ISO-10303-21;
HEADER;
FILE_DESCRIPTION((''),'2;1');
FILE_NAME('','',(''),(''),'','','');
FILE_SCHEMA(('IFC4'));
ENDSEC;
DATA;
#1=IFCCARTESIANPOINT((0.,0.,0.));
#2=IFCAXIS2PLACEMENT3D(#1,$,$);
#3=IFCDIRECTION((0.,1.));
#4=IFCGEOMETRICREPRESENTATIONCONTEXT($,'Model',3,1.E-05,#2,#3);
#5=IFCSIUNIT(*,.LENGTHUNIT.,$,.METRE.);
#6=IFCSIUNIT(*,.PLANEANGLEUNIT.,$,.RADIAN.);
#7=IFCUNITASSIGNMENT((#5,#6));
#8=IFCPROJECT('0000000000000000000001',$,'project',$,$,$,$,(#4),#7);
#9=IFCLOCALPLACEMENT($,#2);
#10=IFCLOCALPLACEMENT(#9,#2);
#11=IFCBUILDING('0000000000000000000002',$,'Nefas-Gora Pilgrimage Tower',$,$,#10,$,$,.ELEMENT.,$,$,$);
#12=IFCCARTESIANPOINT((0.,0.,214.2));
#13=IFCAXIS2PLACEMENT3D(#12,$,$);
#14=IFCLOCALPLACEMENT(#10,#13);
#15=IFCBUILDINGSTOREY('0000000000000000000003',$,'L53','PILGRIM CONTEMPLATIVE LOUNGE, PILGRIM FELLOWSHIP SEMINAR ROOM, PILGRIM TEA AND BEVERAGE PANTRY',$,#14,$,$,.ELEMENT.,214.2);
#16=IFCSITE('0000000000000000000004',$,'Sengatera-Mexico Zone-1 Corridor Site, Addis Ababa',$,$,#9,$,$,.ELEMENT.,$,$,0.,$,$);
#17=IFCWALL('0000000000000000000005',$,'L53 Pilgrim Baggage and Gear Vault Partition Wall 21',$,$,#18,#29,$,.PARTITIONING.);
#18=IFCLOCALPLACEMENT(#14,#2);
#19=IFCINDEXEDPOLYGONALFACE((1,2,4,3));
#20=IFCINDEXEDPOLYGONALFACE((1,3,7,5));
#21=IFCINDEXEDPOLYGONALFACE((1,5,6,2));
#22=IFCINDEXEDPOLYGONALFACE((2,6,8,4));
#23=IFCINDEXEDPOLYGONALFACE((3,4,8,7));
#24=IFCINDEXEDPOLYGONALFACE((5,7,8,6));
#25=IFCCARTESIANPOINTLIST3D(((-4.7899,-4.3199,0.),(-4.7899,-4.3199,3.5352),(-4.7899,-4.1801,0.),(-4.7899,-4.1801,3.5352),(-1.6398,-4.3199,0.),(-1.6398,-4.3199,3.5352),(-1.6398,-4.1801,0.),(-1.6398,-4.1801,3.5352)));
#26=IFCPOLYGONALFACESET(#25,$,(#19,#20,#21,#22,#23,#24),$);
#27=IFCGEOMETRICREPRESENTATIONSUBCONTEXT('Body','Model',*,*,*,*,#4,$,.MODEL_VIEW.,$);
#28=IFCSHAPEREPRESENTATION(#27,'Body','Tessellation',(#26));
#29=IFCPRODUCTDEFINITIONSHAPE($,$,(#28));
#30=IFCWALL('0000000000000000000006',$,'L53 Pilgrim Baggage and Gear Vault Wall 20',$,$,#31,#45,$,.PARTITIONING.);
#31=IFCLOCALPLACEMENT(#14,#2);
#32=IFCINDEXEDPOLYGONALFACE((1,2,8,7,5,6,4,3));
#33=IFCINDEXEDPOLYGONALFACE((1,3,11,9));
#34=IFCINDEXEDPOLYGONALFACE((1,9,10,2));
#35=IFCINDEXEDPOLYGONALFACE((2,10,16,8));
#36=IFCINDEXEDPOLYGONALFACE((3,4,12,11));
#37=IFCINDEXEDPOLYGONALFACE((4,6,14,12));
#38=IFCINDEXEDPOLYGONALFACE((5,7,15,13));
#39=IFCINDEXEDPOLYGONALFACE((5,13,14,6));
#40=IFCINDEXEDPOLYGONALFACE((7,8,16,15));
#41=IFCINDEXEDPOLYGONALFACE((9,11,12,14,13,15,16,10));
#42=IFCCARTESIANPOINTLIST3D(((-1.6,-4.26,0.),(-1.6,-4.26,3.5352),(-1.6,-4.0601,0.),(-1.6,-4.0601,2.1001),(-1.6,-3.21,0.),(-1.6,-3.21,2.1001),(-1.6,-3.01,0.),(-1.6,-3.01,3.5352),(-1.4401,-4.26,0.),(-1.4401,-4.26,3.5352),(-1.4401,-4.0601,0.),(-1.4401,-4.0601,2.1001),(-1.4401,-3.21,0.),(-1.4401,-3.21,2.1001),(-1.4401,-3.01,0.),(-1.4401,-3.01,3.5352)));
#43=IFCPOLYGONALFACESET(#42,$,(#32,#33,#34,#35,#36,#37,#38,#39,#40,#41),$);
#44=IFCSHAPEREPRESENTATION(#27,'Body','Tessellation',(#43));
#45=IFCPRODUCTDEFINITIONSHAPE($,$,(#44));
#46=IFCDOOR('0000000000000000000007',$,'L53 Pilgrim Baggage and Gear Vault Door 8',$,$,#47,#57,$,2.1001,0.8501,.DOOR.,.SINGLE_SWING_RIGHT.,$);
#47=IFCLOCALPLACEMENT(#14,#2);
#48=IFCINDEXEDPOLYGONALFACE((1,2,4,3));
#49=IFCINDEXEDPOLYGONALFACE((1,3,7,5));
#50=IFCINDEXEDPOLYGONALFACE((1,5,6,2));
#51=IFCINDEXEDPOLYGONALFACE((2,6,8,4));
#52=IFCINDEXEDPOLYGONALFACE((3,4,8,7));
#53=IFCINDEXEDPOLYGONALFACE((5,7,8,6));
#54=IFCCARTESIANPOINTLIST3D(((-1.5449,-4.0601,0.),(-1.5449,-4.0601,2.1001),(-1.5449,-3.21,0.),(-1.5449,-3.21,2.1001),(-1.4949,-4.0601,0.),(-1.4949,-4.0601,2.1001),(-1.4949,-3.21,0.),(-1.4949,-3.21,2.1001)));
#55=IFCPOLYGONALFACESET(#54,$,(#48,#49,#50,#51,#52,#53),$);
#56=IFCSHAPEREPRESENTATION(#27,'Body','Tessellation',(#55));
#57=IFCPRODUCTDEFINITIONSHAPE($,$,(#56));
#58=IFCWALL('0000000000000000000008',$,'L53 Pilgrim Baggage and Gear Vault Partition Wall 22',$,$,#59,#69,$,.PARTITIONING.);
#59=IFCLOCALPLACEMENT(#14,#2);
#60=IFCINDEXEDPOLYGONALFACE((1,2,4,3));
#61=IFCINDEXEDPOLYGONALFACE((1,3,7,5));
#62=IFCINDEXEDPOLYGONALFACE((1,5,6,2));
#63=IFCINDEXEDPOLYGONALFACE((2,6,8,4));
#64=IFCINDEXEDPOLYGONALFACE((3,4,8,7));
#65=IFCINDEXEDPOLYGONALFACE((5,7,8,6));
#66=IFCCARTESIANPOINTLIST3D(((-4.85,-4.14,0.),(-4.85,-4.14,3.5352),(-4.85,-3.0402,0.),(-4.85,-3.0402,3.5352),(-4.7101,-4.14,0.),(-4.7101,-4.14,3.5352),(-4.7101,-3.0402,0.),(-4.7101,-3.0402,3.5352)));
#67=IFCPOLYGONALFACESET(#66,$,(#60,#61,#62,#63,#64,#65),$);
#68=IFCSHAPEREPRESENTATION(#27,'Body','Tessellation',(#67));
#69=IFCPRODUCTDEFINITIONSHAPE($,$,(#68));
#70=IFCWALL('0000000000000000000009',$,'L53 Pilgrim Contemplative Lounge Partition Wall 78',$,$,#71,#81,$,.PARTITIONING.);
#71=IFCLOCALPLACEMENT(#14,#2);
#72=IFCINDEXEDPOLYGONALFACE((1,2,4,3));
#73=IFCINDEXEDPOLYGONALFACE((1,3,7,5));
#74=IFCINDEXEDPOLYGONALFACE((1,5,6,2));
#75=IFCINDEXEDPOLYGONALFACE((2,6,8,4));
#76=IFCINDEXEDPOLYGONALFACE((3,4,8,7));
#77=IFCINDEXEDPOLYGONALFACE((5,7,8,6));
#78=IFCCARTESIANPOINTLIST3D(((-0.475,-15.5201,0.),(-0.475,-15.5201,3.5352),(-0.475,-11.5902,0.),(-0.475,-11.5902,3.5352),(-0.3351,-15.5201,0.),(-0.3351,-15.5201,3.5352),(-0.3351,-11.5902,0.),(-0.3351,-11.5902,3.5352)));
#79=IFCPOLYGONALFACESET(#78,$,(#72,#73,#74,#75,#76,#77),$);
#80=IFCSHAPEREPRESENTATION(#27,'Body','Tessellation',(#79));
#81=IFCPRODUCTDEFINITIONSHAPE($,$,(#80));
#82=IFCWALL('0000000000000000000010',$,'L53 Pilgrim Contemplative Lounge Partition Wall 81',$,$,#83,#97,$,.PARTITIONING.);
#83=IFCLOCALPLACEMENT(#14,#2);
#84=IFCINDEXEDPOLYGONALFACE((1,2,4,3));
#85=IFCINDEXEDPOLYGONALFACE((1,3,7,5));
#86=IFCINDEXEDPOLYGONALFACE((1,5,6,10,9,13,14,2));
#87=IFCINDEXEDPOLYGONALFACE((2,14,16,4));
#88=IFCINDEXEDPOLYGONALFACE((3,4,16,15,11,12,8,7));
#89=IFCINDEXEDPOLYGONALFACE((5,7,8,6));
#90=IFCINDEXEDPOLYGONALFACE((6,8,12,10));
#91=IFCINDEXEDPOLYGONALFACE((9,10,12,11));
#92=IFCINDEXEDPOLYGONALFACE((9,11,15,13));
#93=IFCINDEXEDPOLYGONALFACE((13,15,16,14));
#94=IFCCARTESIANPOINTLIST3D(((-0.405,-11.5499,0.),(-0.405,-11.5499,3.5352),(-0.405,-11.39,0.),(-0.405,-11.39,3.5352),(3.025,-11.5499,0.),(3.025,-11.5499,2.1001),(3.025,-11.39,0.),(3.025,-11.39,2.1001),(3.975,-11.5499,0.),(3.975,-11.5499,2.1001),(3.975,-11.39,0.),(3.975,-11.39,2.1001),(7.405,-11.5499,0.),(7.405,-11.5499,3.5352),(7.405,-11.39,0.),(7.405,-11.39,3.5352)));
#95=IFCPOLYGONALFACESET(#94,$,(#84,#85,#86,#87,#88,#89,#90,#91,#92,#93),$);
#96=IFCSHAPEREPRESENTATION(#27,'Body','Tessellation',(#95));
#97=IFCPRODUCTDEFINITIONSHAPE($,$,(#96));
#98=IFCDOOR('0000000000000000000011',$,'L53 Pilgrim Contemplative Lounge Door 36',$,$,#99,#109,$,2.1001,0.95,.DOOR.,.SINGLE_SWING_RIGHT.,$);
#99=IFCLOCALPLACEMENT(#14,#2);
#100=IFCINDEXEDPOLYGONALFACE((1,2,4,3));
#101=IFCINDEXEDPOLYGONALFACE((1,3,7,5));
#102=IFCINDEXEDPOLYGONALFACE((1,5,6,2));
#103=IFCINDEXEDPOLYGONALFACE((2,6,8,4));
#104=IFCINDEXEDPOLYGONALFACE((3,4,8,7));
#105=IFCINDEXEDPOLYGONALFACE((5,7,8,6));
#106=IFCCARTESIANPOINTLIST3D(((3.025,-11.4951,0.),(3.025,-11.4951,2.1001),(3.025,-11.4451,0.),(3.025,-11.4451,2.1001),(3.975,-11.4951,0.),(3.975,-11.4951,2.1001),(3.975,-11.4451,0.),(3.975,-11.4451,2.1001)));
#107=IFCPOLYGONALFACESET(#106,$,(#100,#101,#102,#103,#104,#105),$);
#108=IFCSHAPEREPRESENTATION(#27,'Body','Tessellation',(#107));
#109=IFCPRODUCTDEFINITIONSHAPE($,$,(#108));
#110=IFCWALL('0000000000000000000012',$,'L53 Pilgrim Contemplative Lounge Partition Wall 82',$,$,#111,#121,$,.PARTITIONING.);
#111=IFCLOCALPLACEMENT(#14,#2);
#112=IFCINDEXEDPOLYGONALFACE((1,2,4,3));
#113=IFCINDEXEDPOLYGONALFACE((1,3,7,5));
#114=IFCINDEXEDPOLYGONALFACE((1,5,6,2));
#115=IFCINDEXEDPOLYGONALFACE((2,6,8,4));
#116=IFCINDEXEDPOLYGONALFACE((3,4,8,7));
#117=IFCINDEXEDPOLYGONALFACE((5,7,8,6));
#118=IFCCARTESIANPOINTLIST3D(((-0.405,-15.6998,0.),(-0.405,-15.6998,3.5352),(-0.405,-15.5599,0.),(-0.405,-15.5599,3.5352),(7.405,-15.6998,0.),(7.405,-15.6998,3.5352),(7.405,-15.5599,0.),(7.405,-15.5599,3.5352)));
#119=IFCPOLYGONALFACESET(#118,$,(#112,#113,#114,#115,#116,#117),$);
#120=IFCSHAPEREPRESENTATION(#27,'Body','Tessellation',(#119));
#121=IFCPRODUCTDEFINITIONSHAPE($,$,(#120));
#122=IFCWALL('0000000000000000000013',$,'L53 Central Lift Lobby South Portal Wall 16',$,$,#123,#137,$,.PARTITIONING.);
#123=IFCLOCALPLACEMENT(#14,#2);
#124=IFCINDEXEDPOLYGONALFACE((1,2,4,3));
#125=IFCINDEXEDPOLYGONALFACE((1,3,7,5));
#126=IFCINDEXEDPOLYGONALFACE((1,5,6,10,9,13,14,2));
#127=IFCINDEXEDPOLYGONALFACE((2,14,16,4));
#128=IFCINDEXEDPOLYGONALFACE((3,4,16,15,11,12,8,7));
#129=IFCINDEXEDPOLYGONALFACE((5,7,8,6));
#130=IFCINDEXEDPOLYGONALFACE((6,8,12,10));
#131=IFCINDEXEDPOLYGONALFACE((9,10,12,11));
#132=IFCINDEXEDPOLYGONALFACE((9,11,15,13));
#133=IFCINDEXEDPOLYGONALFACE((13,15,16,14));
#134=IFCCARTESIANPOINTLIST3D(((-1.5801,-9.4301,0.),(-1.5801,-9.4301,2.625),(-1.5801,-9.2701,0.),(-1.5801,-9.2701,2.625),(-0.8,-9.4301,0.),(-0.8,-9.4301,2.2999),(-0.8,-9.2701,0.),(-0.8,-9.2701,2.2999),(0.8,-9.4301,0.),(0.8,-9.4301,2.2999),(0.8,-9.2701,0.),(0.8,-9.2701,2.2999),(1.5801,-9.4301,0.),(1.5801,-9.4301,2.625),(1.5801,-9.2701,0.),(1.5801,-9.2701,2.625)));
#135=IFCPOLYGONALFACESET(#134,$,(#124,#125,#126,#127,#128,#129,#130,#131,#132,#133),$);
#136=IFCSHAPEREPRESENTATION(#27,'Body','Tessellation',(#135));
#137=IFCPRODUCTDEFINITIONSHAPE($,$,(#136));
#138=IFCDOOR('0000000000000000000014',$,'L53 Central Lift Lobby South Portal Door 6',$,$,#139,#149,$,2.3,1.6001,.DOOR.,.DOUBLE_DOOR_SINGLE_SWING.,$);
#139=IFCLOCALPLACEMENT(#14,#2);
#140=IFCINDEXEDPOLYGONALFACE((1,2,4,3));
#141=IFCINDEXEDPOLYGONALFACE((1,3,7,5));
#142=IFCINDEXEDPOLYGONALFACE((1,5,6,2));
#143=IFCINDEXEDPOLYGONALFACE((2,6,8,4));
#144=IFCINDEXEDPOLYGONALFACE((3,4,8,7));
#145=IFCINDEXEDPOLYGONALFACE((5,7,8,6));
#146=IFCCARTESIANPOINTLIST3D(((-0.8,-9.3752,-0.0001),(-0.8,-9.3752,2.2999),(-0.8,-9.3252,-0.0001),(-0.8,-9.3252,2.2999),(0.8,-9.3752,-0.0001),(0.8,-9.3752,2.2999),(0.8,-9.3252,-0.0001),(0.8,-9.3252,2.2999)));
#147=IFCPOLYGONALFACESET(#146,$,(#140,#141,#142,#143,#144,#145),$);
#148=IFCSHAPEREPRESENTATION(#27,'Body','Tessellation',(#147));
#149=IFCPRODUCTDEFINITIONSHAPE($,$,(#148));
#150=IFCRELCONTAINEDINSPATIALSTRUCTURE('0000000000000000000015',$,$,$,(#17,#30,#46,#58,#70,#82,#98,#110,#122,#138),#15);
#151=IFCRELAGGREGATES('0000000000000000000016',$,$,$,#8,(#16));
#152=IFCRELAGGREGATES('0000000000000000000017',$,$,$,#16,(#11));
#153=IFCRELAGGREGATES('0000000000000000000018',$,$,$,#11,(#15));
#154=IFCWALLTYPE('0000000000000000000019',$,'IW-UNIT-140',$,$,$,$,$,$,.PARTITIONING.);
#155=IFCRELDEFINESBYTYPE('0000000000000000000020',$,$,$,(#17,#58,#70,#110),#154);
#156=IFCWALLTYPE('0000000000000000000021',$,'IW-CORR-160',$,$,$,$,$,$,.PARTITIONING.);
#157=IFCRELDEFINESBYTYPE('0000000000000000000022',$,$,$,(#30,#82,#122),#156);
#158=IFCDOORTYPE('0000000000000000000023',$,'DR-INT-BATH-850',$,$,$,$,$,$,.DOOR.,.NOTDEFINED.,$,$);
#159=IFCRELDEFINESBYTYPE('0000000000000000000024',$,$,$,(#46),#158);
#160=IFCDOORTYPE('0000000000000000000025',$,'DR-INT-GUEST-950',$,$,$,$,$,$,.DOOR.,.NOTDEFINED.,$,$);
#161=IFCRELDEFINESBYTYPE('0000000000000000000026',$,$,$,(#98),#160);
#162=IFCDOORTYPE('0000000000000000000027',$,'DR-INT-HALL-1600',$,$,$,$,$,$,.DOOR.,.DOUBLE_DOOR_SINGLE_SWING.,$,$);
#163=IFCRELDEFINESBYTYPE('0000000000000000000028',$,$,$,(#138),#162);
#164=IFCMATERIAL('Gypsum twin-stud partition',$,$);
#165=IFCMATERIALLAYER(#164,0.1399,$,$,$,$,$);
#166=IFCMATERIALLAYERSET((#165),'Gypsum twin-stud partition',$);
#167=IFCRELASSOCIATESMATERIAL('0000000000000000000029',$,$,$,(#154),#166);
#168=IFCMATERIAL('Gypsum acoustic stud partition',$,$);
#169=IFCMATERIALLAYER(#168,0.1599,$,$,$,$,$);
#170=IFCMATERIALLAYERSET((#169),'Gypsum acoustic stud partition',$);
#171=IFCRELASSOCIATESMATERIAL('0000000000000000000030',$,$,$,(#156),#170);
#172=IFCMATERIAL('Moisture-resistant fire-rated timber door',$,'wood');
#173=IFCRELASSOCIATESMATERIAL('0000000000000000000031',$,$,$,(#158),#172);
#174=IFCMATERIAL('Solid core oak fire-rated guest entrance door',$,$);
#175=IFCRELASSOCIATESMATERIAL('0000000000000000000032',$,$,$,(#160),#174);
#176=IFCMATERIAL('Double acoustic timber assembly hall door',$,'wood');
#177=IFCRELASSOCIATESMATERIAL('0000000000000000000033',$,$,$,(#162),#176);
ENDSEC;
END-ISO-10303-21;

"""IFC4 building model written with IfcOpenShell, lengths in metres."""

from ifc_helpers import new_model, si_unit, direction, frame, frame_2d, origin, place, context, subcontext, project, spatial, rectangle, extrude, source, transform, mapped, material, layer, layer_set, type_object, element, fill, save


model = new_model("IFC4")

# Units and contexts
model_context = context("Model", 3, precision=1e-05, world=origin(), true_north=direction((0.0, 1.0)))
body_context = subcontext(model_context, "Body", "Model", "MODEL_VIEW")
ifc_project = project(units=[si_unit("LENGTHUNIT", "METRE"), si_unit("PLANEANGLEUNIT", "RADIAN")], contexts=[model_context])

# Site, building, storey
site_placement = place(None, origin())
site = spatial("IfcSite", under=ifc_project, at=site_placement, Name="Sengatera-Mexico Zone-1 Corridor Site, Addis Ababa", CompositionType="ELEMENT", RefElevation=0.0)
building_placement = place(site_placement, origin())
building = spatial("IfcBuilding", under=site, at=building_placement, Name="Nefas-Gora Pilgrimage Tower", CompositionType="ELEMENT")
storey_placement = place(building_placement, frame((0.0, 0.0, 214.2)))
storey = spatial("IfcBuildingStorey", under=building, at=storey_placement, Name="L53", Description="PILGRIM CONTEMPLATIVE LOUNGE, PILGRIM FELLOWSHIP SEMINAR ROOM, PILGRIM TEA AND BEVERAGE PANTRY", CompositionType="ELEMENT", Elevation=214.2)

# Wall
ifc_material_1 = material(Name="Gypsum twin-stud partition")
ifc_layer_1 = layer(ifc_material_1, 0.1399)
ifc_layer_set_1 = layer_set([ifc_layer_1], Name="Gypsum twin-stud partition")
wall_type_1 = type_object("IfcWallType", Name="IW-UNIT-140", PredefinedType="PARTITIONING", material=ifc_layer_set_1)
ifc_material_2 = material(Name="Gypsum acoustic stud partition")
ifc_layer_2 = layer(ifc_material_2, 0.1599)
ifc_layer_set_2 = layer_set([ifc_layer_2], Name="Gypsum acoustic stud partition")
wall_type_2 = type_object("IfcWallType", Name="IW-CORR-160", PredefinedType="PARTITIONING", material=ifc_layer_set_2)
shared_shape_1 = source(origin(), body_context, "Body", "SweptSolid", [
    extrude(rectangle(XDim=3.1501, YDim=0.1399, at=frame_2d((1.5752, 0.0))), origin(), (0.0, 0.0, 1.0), 3.5352),
])
wall_1_placement = place(storey_placement, frame((-4.79, -4.25, 0.0), z_axis=(0.0, 0.0, 1.0), x_axis=(1.0, 0.0, 0.0)))
element("IfcWall", 1, at=wall_1_placement, inside=storey, type_object=wall_type_1, Name="L53 Pilgrim Baggage and Gear Vault Partition Wall 21", PredefinedType="PARTITIONING", context=body_context, shape_type="MappedRepresentation", body=[
    mapped(shared_shape_1, transform((0.0, 0.0, 0.0), x_axis=(1.0, 0.0, 0.0), y_axis=(0.0, 1.0, 0.0), z_axis=(0.0, 0.0, 1.0), scale=1.0)),
])

# Wall, opening, door
shared_shape_2 = source(origin(), body_context, "Body", "SweptSolid", [
    extrude(rectangle(XDim=1.25, YDim=0.1599, at=frame_2d((0.625, 0.0))), origin(), (0.0, 0.0, 1.0), 3.5352),
])
wall_2_placement = place(storey_placement, frame((-1.52, -4.26, 0.0), z_axis=(0.0, 0.0, 1.0), x_axis=(0.0, 1.0, 0.0)))
wall_2 = element("IfcWall", 2, at=wall_2_placement, inside=storey, type_object=wall_type_2, Name="L53 Pilgrim Baggage and Gear Vault Wall 20", PredefinedType="PARTITIONING", context=body_context, shape_type="MappedRepresentation", body=[
    mapped(shared_shape_2, transform((0.0, 0.0, 0.0), x_axis=(1.0, 0.0, 0.0), y_axis=(0.0, 1.0, 0.0), z_axis=(0.0, 0.0, 1.0), scale=1.0)),
])
opening_1_placement = place(wall_2_placement, frame((0.2, 0.0, 0.0)))
opening_1 = element("IfcOpeningElement", 3, at=opening_1_placement, cuts=wall_2, PredefinedType="OPENING", context=body_context, shape_type="SweptSolid", body=[
    extrude(rectangle(XDim=0.8501, YDim=2.1001, at=frame_2d((0.425, 1.05))), frame((0.0, 0.0898, 0.0), z_axis=(0.0, -1.0, 0.0), x_axis=(1.0, 0.0, 0.0)), (0.0, 0.0, 1.0), 0.1799),
])
ifc_material_3 = material(Name="Moisture-resistant fire-rated timber door", Category="wood")
door_type_1 = type_object("IfcDoorType", Name="DR-INT-BATH-850", OperationType="NOTDEFINED", PredefinedType="DOOR", material=ifc_material_3)
shared_shape_3 = source(origin(), body_context, "Body", "SweptSolid", [
    extrude(rectangle(XDim=0.8501, YDim=2.1001, at=frame_2d((0.425, 1.05))), frame((0.0, 0.0249, 0.0), z_axis=(0.0, -1.0, 0.0), x_axis=(1.0, 0.0, 0.0)), (0.0, 0.0, 1.0), 0.05),
])
door_1_placement = place(opening_1_placement, origin())
door_1 = element("IfcDoor", 4, at=door_1_placement, inside=storey, type_object=door_type_1, Name="L53 Pilgrim Baggage and Gear Vault Door 8", OperationType="SINGLE_SWING_RIGHT", OverallHeight=2.1001, OverallWidth=0.8501, PredefinedType="DOOR", context=body_context, shape_type="MappedRepresentation", body=[
    mapped(shared_shape_3, transform((0.0, 0.0, 0.0), x_axis=(1.0, 0.0, 0.0), y_axis=(0.0, 1.0, 0.0), z_axis=(0.0, 0.0, 1.0), scale=1.0)),
])
fill(opening_1, door_1)

# Walls
shared_shape_4 = source(origin(), body_context, "Body", "SweptSolid", [
    extrude(rectangle(XDim=1.0999, YDim=0.1399, at=frame_2d((0.5498, 0.0))), origin(), (0.0, 0.0, 1.0), 3.5352),
])
wall_3_placement = place(storey_placement, frame((-4.78, -4.1399, 0.0), z_axis=(0.0, 0.0, 1.0), x_axis=(0.0, 1.0, 0.0)))
element("IfcWall", 5, at=wall_3_placement, inside=storey, type_object=wall_type_1, Name="L53 Pilgrim Baggage and Gear Vault Partition Wall 22", PredefinedType="PARTITIONING", context=body_context, shape_type="MappedRepresentation", body=[
    mapped(shared_shape_4, transform((0.0, 0.0, 0.0), x_axis=(1.0, 0.0, 0.0), y_axis=(0.0, 1.0, 0.0), z_axis=(0.0, 0.0, 1.0), scale=1.0)),
])
shared_shape_5 = source(origin(), body_context, "Body", "SweptSolid", [
    extrude(rectangle(XDim=3.9299, YDim=0.1399, at=frame_2d((1.9648, 0.0))), origin(), (0.0, 0.0, 1.0), 3.5352),
])
wall_4_placement = place(storey_placement, frame((-0.405, -15.52, 0.0), z_axis=(0.0, 0.0, 1.0), x_axis=(0.0, 1.0, 0.0)))
element("IfcWall", 6, at=wall_4_placement, inside=storey, type_object=wall_type_1, Name="L53 Pilgrim Contemplative Lounge Partition Wall 78", PredefinedType="PARTITIONING", context=body_context, shape_type="MappedRepresentation", body=[
    mapped(shared_shape_5, transform((0.0, 0.0, 0.0), x_axis=(1.0, 0.0, 0.0), y_axis=(0.0, 1.0, 0.0), z_axis=(0.0, 0.0, 1.0), scale=1.0)),
])

# Wall, opening, door
shared_shape_6 = source(origin(), body_context, "Body", "SweptSolid", [
    extrude(rectangle(XDim=7.8101, YDim=0.1599, at=frame_2d((3.905, 0.0))), origin(), (0.0, 0.0, 1.0), 3.5352),
])
wall_5_placement = place(storey_placement, frame((-0.405, -11.47, 0.0), z_axis=(0.0, 0.0, 1.0), x_axis=(1.0, 0.0, 0.0)))
wall_5 = element("IfcWall", 7, at=wall_5_placement, inside=storey, type_object=wall_type_2, Name="L53 Pilgrim Contemplative Lounge Partition Wall 81", PredefinedType="PARTITIONING", context=body_context, shape_type="MappedRepresentation", body=[
    mapped(shared_shape_6, transform((0.0, 0.0, 0.0), x_axis=(1.0, 0.0, 0.0), y_axis=(0.0, 1.0, 0.0), z_axis=(0.0, 0.0, 1.0), scale=1.0)),
])
opening_2_placement = place(wall_5_placement, frame((3.4299, 0.0, 0.0)))
opening_2 = element("IfcOpeningElement", 8, at=opening_2_placement, cuts=wall_5, PredefinedType="OPENING", context=body_context, shape_type="SweptSolid", body=[
    extrude(rectangle(XDim=0.95, YDim=2.1001, at=frame_2d((0.4751, 1.05))), frame((0.0, 0.0898, 0.0), z_axis=(0.0, -1.0, 0.0), x_axis=(1.0, 0.0, 0.0)), (0.0, 0.0, 1.0), 0.1799),
])
ifc_material_4 = material(Name="Solid core oak fire-rated guest entrance door")
door_type_2 = type_object("IfcDoorType", Name="DR-INT-GUEST-950", OperationType="NOTDEFINED", PredefinedType="DOOR", material=ifc_material_4)
shared_shape_7 = source(origin(), body_context, "Body", "SweptSolid", [
    extrude(rectangle(XDim=0.95, YDim=2.1001, at=frame_2d((0.4751, 1.05))), frame((0.0, 0.0249, 0.0), z_axis=(0.0, -1.0, 0.0), x_axis=(1.0, 0.0, 0.0)), (0.0, 0.0, 1.0), 0.05),
])
door_2_placement = place(opening_2_placement, origin())
door_2 = element("IfcDoor", 9, at=door_2_placement, inside=storey, type_object=door_type_2, Name="L53 Pilgrim Contemplative Lounge Door 36", OperationType="SINGLE_SWING_RIGHT", OverallHeight=2.1001, OverallWidth=0.95, PredefinedType="DOOR", context=body_context, shape_type="MappedRepresentation", body=[
    mapped(shared_shape_7, transform((0.0, 0.0, 0.0), x_axis=(1.0, 0.0, 0.0), y_axis=(0.0, 1.0, 0.0), z_axis=(0.0, 0.0, 1.0), scale=1.0)),
])
fill(opening_2, door_2)

# Wall
shared_shape_8 = source(origin(), body_context, "Body", "SweptSolid", [
    extrude(rectangle(XDim=7.8101, YDim=0.1399, at=frame_2d((3.905, 0.0))), origin(), (0.0, 0.0, 1.0), 3.5352),
])
wall_6_placement = place(storey_placement, frame((-0.405, -15.6299, 0.0), z_axis=(0.0, 0.0, 1.0), x_axis=(1.0, 0.0, 0.0)))
element("IfcWall", 10, at=wall_6_placement, inside=storey, type_object=wall_type_1, Name="L53 Pilgrim Contemplative Lounge Partition Wall 82", PredefinedType="PARTITIONING", context=body_context, shape_type="MappedRepresentation", body=[
    mapped(shared_shape_8, transform((0.0, 0.0, 0.0), x_axis=(1.0, 0.0, 0.0), y_axis=(0.0, 1.0, 0.0), z_axis=(0.0, 0.0, 1.0), scale=1.0)),
])

# Wall, opening, door
shared_shape_9 = source(origin(), body_context, "Body", "SweptSolid", [
    extrude(rectangle(XDim=3.1602, YDim=0.1599, at=frame_2d((1.5801, 0.0))), origin(), (0.0, 0.0, 1.0), 2.625),
])
wall_7_placement = place(storey_placement, frame((-1.5801, -9.3501, 0.0), z_axis=(0.0, 0.0, 1.0), x_axis=(1.0, 0.0, 0.0)))
wall_7 = element("IfcWall", 11, at=wall_7_placement, inside=storey, type_object=wall_type_2, Name="L53 Central Lift Lobby South Portal Wall 16", PredefinedType="PARTITIONING", context=body_context, shape_type="MappedRepresentation", body=[
    mapped(shared_shape_9, transform((0.0, 0.0, 0.0), x_axis=(1.0, 0.0, 0.0), y_axis=(0.0, 1.0, 0.0), z_axis=(0.0, 0.0, 1.0), scale=1.0)),
])
opening_3_placement = place(wall_7_placement, frame((0.78, 0.0, 0.0)))
opening_3 = element("IfcOpeningElement", 12, at=opening_3_placement, cuts=wall_7, PredefinedType="OPENING", context=body_context, shape_type="SweptSolid", body=[
    extrude(rectangle(XDim=1.6001, YDim=2.3, at=frame_2d((0.8, 1.1499))), frame((0.0, 0.0898, 0.0), z_axis=(0.0, -1.0, 0.0), x_axis=(1.0, 0.0, 0.0)), (0.0, 0.0, 1.0), 0.1799),
])
ifc_material_5 = material(Name="Double acoustic timber assembly hall door", Category="wood")
door_type_3 = type_object("IfcDoorType", Name="DR-INT-HALL-1600", OperationType="DOUBLE_DOOR_SINGLE_SWING", PredefinedType="DOOR", material=ifc_material_5)
shared_shape_10 = source(origin(), body_context, "Body", "SweptSolid", [
    extrude(rectangle(XDim=1.6001, YDim=2.3, at=frame_2d((0.8, 1.1499))), frame((0.0, 0.0249, 0.0), z_axis=(0.0, -1.0, 0.0), x_axis=(1.0, 0.0, 0.0)), (0.0, 0.0, 1.0), 0.05),
])
door_3_placement = place(opening_3_placement, origin())
door_3 = element("IfcDoor", 13, at=door_3_placement, inside=storey, type_object=door_type_3, Name="L53 Central Lift Lobby South Portal Door 6", OperationType="DOUBLE_DOOR_SINGLE_SWING", OverallHeight=2.3, OverallWidth=1.6001, PredefinedType="DOOR", context=body_context, shape_type="MappedRepresentation", body=[
    mapped(shared_shape_10, transform((0.0, 0.0, 0.0), x_axis=(1.0, 0.0, 0.0), y_axis=(0.0, 1.0, 0.0), z_axis=(0.0, 0.0, 1.0), scale=1.0)),
])
fill(opening_3, door_3)

save(model, "model.ifc")
